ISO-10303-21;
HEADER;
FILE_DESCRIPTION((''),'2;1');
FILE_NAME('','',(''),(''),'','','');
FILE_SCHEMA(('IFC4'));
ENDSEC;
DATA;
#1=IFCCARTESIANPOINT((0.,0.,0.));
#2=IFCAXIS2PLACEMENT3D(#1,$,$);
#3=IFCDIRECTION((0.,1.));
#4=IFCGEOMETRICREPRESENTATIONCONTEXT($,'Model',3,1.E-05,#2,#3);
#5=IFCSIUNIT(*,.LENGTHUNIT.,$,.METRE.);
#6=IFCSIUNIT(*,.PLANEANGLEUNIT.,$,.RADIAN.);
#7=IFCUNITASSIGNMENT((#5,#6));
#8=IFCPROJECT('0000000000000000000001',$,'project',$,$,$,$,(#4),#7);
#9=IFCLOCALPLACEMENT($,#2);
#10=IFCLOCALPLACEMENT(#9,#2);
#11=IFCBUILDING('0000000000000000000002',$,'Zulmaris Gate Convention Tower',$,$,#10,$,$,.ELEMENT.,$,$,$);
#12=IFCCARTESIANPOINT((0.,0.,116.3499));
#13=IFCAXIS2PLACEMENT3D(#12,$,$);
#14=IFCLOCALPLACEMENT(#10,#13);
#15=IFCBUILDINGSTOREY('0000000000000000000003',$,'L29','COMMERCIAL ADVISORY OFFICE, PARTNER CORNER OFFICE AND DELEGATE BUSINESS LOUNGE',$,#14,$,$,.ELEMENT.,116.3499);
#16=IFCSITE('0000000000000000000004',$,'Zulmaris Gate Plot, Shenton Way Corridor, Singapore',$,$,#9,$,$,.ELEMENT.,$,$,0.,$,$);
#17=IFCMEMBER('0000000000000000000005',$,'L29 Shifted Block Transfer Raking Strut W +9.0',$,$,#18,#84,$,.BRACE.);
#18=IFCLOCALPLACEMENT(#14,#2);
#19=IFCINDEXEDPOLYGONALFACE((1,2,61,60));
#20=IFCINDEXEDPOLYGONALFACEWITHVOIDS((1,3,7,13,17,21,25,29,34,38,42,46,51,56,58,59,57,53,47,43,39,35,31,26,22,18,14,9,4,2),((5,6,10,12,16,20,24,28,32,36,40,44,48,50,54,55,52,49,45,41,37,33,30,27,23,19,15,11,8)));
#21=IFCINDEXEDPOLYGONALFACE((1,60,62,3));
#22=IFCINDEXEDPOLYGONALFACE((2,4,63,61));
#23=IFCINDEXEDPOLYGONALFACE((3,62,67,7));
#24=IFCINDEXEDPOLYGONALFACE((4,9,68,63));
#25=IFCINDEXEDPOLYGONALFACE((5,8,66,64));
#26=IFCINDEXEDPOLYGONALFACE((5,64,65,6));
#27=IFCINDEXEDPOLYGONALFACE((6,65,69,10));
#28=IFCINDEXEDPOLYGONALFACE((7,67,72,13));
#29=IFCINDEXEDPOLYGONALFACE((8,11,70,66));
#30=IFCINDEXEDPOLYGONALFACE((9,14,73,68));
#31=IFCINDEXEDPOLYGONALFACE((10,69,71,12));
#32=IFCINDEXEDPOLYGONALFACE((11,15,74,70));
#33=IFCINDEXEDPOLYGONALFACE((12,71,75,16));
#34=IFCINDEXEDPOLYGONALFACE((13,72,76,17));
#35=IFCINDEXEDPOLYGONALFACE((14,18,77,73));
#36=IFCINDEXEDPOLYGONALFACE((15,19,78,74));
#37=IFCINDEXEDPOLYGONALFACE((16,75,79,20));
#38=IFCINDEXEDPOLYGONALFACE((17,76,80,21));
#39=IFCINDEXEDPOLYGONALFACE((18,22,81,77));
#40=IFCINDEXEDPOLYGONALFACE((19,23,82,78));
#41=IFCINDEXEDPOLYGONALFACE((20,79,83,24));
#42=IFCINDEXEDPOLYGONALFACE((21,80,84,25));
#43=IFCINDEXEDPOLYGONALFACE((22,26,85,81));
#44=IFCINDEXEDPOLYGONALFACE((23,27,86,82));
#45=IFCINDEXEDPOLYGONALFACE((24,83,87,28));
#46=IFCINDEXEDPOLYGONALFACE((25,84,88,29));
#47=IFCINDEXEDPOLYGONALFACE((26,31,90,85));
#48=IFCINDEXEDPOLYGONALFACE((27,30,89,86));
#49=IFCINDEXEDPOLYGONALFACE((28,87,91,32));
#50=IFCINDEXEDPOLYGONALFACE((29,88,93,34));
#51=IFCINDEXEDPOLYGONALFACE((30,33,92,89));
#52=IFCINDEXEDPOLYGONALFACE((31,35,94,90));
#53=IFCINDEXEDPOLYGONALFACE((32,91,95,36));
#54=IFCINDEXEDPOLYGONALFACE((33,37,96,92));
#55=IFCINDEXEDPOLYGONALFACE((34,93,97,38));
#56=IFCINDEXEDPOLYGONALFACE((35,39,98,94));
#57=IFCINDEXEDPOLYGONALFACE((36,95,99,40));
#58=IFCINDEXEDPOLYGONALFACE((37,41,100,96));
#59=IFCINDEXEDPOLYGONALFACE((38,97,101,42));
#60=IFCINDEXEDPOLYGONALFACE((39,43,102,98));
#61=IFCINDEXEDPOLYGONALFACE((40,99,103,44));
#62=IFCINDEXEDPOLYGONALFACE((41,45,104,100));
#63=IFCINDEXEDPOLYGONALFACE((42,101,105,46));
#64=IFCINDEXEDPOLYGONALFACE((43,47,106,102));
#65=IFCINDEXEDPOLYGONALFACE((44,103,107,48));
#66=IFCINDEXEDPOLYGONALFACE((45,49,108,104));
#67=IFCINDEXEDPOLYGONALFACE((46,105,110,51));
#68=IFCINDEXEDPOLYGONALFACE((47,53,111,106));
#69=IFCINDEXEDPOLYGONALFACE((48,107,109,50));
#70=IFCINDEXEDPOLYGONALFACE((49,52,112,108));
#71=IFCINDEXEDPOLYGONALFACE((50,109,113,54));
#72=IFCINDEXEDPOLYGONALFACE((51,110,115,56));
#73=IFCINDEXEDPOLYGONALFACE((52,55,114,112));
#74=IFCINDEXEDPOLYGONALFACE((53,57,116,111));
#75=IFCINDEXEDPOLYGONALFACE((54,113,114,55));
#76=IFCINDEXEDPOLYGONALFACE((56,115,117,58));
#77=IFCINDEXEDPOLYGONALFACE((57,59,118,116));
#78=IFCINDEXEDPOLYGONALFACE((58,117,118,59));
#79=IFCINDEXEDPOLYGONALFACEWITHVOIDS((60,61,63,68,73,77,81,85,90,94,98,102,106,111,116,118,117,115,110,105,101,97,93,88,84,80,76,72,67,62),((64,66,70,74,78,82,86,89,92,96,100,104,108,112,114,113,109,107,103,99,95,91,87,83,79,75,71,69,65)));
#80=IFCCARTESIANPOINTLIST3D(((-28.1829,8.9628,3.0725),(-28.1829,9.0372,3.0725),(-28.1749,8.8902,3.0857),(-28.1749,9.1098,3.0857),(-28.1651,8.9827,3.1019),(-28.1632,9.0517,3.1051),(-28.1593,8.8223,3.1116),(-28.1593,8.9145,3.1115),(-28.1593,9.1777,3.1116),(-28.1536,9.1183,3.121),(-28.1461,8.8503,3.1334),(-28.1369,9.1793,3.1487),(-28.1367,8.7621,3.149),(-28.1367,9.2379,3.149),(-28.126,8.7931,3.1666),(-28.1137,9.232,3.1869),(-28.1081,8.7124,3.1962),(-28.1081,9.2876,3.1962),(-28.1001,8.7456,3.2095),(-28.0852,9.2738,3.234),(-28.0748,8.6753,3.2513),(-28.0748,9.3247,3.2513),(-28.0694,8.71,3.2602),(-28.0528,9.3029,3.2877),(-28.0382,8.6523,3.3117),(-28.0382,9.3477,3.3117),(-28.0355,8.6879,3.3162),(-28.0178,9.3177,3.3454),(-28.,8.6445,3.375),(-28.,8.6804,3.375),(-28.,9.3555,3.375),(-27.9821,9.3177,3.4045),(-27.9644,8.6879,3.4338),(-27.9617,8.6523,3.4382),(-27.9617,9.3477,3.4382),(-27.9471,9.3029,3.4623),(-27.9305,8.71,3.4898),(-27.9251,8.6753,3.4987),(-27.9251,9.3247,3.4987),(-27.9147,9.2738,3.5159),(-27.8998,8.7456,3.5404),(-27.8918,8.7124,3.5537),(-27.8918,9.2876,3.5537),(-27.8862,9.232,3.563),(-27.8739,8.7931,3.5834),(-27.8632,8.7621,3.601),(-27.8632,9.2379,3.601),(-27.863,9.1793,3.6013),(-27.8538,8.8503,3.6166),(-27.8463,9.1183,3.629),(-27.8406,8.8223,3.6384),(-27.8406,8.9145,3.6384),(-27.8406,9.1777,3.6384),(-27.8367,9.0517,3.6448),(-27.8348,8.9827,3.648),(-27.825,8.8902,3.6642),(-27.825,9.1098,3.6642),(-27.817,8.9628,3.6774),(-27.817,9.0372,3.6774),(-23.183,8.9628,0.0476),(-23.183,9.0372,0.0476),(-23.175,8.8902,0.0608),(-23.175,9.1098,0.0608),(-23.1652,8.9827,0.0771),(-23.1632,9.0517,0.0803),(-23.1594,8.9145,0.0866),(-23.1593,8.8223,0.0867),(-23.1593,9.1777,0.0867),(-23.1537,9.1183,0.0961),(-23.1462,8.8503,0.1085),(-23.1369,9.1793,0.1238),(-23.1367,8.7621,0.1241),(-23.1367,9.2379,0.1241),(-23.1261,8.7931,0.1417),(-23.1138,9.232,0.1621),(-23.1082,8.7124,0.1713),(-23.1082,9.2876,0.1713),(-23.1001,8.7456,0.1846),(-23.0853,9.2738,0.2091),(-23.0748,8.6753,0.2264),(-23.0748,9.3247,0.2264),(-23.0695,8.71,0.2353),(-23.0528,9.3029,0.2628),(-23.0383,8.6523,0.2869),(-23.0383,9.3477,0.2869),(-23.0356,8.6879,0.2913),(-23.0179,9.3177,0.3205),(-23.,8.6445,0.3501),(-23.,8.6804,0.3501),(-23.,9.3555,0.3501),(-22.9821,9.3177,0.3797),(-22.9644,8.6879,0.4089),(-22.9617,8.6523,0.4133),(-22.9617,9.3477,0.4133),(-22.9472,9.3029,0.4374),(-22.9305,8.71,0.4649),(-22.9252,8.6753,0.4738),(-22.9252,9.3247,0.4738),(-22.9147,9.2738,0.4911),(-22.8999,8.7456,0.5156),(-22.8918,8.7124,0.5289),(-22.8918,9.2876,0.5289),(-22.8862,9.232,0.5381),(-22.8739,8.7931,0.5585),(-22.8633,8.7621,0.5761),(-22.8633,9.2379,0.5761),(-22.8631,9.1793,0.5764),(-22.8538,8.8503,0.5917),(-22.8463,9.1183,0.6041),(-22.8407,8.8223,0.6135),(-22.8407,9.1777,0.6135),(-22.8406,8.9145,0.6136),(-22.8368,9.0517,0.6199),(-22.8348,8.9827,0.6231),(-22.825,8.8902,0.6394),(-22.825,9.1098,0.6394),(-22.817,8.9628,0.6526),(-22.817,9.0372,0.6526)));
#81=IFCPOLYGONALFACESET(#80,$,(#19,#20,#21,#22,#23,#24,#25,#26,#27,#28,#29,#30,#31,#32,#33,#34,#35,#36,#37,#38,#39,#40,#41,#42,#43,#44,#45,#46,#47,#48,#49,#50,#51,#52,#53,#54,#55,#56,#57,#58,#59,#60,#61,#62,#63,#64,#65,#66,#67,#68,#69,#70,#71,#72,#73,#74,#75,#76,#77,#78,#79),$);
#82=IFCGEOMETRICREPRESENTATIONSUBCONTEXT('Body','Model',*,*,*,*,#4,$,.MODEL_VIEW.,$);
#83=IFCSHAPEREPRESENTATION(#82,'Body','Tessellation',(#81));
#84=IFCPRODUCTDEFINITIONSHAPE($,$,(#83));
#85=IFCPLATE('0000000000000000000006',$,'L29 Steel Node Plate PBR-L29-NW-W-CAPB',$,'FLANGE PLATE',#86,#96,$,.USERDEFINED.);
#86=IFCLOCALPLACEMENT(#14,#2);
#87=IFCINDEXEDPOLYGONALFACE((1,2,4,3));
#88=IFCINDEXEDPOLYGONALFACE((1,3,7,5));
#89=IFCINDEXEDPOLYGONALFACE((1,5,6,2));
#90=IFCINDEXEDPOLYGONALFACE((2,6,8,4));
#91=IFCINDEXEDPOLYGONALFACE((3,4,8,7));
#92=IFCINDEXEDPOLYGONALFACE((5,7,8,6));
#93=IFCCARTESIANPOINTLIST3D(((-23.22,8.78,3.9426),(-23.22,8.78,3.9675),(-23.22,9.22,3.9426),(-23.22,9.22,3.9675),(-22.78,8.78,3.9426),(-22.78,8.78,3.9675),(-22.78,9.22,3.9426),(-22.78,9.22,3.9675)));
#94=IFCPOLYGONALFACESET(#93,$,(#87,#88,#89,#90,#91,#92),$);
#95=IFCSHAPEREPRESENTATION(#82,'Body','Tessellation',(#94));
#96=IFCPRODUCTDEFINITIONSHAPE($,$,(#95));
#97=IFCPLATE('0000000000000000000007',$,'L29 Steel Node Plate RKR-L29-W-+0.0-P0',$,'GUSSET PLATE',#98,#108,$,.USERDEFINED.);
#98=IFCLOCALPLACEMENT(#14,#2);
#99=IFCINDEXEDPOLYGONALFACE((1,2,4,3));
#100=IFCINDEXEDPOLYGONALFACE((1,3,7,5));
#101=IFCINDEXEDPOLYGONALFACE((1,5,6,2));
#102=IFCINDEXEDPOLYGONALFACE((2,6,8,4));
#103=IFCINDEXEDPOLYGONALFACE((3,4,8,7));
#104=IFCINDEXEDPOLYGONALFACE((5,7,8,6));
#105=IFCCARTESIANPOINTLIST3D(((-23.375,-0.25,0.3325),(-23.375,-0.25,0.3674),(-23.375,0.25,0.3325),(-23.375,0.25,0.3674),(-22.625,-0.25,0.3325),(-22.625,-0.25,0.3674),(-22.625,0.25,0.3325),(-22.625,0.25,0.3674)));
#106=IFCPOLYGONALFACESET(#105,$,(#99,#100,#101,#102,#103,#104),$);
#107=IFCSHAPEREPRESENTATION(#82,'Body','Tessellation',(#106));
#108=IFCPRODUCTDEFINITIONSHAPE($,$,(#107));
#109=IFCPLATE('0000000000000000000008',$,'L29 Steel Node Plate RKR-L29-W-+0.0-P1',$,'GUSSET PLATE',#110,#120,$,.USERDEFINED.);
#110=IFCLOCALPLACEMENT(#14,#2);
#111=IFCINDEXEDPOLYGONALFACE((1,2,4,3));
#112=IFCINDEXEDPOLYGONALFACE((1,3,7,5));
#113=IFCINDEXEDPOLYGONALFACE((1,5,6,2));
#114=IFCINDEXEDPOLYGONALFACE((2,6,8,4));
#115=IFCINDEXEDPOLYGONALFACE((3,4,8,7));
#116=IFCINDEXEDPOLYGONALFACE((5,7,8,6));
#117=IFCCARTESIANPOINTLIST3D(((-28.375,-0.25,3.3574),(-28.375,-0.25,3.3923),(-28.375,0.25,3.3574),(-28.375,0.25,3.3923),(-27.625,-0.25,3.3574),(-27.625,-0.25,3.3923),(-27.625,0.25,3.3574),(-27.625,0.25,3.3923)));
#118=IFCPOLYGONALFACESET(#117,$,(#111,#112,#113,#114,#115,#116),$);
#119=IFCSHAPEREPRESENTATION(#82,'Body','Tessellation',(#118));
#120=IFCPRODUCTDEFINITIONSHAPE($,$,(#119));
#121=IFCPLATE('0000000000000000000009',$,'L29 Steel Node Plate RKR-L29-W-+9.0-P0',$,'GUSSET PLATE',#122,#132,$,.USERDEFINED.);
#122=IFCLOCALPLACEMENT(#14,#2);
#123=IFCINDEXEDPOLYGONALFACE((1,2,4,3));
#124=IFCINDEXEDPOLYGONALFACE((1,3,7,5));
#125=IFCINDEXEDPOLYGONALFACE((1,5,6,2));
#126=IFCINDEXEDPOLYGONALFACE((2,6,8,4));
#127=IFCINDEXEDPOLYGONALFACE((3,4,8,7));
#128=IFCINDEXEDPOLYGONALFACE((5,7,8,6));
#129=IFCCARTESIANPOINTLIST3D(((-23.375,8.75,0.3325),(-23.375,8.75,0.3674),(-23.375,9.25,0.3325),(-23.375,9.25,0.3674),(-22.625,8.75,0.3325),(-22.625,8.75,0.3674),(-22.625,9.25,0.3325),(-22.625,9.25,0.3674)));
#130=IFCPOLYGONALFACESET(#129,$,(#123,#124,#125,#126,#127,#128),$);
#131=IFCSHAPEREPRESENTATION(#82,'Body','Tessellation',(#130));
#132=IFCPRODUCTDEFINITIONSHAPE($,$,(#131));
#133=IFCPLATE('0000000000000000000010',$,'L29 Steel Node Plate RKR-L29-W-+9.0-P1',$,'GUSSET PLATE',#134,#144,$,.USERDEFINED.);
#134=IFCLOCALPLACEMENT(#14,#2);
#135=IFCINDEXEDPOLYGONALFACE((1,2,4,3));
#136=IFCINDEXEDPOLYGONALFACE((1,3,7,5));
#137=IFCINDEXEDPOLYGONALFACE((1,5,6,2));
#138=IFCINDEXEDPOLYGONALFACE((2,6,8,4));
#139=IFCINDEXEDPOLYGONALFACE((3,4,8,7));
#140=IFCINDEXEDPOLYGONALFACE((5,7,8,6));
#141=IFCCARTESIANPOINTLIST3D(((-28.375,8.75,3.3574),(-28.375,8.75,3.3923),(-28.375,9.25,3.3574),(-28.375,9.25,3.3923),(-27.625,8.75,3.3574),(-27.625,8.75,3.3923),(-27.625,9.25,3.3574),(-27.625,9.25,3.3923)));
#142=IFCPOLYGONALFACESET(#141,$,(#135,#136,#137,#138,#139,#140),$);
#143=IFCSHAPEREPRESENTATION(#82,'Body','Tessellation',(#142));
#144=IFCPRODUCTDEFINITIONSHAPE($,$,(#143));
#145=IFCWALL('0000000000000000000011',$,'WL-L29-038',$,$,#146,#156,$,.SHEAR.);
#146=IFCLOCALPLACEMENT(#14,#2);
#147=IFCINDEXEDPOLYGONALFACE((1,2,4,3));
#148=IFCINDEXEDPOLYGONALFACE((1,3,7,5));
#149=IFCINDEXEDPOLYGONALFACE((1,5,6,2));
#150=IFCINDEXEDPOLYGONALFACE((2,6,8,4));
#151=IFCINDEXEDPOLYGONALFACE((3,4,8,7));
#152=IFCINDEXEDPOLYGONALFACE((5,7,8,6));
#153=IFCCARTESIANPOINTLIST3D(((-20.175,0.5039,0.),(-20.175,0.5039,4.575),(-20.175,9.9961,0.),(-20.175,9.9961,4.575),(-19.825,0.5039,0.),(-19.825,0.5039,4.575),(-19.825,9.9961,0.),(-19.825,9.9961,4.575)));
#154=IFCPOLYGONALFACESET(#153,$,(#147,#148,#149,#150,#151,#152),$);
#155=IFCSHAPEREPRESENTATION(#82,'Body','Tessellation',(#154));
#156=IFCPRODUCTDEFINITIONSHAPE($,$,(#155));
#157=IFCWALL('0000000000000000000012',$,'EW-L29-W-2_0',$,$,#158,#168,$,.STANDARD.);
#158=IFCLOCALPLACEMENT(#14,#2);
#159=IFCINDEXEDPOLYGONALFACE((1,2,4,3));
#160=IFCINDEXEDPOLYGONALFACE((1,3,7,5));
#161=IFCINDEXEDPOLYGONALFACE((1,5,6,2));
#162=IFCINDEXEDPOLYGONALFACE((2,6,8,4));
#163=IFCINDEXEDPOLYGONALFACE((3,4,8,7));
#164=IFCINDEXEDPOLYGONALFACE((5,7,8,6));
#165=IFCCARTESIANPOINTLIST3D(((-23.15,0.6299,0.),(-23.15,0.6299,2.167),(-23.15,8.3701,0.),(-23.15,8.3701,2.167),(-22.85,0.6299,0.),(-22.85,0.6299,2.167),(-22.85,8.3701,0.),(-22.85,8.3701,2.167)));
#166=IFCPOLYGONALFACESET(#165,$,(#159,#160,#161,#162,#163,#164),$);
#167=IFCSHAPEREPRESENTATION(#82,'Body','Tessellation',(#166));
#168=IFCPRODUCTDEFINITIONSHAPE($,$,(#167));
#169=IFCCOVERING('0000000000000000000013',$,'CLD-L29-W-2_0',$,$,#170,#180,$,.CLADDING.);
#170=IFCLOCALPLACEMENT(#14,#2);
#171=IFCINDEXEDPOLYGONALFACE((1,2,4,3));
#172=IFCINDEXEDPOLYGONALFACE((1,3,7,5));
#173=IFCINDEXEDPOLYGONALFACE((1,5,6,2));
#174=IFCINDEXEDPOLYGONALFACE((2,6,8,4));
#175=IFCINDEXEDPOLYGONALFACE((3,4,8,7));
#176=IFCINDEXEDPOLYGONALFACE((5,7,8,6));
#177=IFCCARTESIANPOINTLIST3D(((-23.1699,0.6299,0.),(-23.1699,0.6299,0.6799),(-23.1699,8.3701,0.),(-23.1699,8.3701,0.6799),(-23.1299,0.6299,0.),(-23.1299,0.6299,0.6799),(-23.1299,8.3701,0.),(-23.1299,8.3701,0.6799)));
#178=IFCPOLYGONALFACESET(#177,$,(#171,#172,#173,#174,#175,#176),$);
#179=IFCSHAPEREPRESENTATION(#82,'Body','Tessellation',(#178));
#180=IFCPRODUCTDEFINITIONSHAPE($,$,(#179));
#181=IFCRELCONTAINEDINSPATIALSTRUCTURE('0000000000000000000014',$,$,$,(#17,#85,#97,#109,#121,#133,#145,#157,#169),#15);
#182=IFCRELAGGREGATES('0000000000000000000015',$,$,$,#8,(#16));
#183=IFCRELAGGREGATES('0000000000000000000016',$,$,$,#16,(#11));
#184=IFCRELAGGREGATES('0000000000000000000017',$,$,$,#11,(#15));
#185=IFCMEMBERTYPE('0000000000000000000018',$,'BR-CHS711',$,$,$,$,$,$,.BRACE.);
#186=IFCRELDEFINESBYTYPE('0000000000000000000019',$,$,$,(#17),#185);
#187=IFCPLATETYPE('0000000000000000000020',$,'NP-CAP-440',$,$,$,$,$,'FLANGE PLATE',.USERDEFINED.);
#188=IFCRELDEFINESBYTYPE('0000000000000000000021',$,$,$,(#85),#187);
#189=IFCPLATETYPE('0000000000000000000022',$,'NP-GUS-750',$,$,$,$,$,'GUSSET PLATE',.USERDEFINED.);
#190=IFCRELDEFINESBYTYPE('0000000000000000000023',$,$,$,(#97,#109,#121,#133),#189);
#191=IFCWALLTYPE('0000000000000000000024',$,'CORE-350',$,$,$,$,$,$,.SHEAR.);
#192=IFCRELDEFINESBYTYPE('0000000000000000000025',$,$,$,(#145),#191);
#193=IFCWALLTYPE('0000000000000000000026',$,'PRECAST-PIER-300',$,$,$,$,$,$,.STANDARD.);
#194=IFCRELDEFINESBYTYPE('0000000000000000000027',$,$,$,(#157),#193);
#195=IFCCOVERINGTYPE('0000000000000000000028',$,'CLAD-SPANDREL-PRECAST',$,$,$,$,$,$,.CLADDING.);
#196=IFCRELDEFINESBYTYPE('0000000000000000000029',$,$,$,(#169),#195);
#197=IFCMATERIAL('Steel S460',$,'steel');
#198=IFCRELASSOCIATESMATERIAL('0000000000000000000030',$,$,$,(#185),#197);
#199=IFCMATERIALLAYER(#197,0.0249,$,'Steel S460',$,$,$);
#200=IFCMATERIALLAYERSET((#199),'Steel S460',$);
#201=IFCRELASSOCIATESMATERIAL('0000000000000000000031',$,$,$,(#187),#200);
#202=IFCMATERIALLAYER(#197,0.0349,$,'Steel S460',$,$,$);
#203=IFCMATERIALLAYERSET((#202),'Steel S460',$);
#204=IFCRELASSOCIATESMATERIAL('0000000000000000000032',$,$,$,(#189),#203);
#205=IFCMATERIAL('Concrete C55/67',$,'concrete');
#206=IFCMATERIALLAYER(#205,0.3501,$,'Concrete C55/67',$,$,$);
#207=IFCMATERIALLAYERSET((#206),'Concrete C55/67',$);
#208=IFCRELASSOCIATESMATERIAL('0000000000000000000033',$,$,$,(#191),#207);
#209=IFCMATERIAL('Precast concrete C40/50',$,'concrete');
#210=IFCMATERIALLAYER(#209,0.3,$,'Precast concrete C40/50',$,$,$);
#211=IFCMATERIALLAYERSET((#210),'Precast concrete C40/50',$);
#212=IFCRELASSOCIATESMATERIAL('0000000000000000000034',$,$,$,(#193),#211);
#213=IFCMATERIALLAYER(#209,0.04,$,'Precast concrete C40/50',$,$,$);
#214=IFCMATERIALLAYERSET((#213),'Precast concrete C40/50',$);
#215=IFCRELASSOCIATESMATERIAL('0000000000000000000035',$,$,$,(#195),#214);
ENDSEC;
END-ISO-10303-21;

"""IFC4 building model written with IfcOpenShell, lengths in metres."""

from ifc_helpers import new_model, si_unit, direction, frame, frame_2d, origin, origin_2d, place, context, subcontext, project, spatial, rectangle, hollow_circle, extrude, material, layer, layer_set, material_profile, profile_set, type_object, element, save


model = new_model("IFC4")

# Units and contexts
model_context = context("Model", 3, precision=1e-05, world=origin(), true_north=direction((0.0, 1.0)))
body_context = subcontext(model_context, "Body", "Model", "MODEL_VIEW")
ifc_project = project(units=[si_unit("LENGTHUNIT", "METRE"), si_unit("PLANEANGLEUNIT", "RADIAN")], contexts=[model_context])

# Site, building, storey
site_placement = place(None, origin())
site = spatial("IfcSite", under=ifc_project, at=site_placement, Name="Zulmaris Gate Plot, Shenton Way Corridor, Singapore", CompositionType="ELEMENT", RefElevation=0.0)
building_placement = place(site_placement, origin())
building = spatial("IfcBuilding", under=site, at=building_placement, Name="Zulmaris Gate Convention Tower", CompositionType="ELEMENT")
storey_placement = place(building_placement, frame((0.0, 0.0, 116.3499)))
storey = spatial("IfcBuildingStorey", under=building, at=storey_placement, Name="L29", Description="COMMERCIAL ADVISORY OFFICE, PARTNER CORNER OFFICE AND DELEGATE BUSINESS LOUNGE", CompositionType="ELEMENT", Elevation=116.3499)

# Member
ifc_material_1 = material(Name="Steel S460", Category="steel")
ifc_material_profile_1 = material_profile(ifc_material_1, hollow_circle(Radius=0.3555, WallThickness=0.0359, at=origin_2d()), Name="CHS 711x36")
ifc_profile_set_1 = profile_set([ifc_material_profile_1], Name="Steel S460")
member_type = type_object("IfcMemberType", Name="BR-CHS711", PredefinedType="BRACE", material=ifc_profile_set_1)
for number, where, z_axis, x_axis, name in (
    (1, (-23.0, 9.0, 0.3501), (-0.855607, 0.0, 0.517626), (0.0, -1.0, 0.0), "L29 Shifted Block Transfer Raking Strut W +9.0"),
):
    element("IfcMember", number, at=place(storey_placement, frame(where, z_axis=z_axis, x_axis=x_axis)), inside=storey, type_object=member_type, Name=name, PredefinedType="BRACE", context=body_context, shape_type="SweptSolid", body=[
        extrude(hollow_circle(Radius=0.3555, WallThickness=0.0359, at=origin_2d()), origin(), (0.0, 0.0, 1.0), 5.8438),
    ])

# Plates
ifc_layer_1 = layer(ifc_material_1, 0.0249, Name="Steel S460")
ifc_layer_set_1 = layer_set([ifc_layer_1], Name="Steel S460")
plate_type_1 = type_object("IfcPlateType", Name="NP-CAP-440", ElementType="FLANGE PLATE", PredefinedType="USERDEFINED", material=ifc_layer_set_1)
plate_placement = place(storey_placement, frame((-23.0, 9.0, 3.9426), z_axis=(0.0, 0.0, 1.0), x_axis=(1.0, 0.0, 0.0)))
element("IfcPlate", 2, at=plate_placement, inside=storey, type_object=plate_type_1, Name="L29 Steel Node Plate PBR-L29-NW-W-CAPB", ObjectType="FLANGE PLATE", PredefinedType="USERDEFINED", context=body_context, shape_type="SweptSolid", body=[
    extrude(rectangle(XDim=0.4399, YDim=0.4399, at=origin_2d()), origin(), (0.0, 0.0, 1.0), 0.0249),
])
ifc_layer_2 = layer(ifc_material_1, 0.0349, Name="Steel S460")
ifc_layer_set_2 = layer_set([ifc_layer_2], Name="Steel S460")
plate_type_2 = type_object("IfcPlateType", Name="NP-GUS-750", ElementType="GUSSET PLATE", PredefinedType="USERDEFINED", material=ifc_layer_set_2)
for number, where, z_axis, x_axis, name in (
    (3, (-23.0, 0.0, 0.3325), (0.0, 0.0, 1.0), (1.0, 0.0, 0.0), "L29 Steel Node Plate RKR-L29-W-+0.0-P0"),
    (4, (-28.0, 0.0, 3.3574), (0.0, 0.0, 1.0), (1.0, 0.0, 0.0), "L29 Steel Node Plate RKR-L29-W-+0.0-P1"),
    (5, (-23.0, 9.0, 0.3325), (0.0, 0.0, 1.0), (1.0, 0.0, 0.0), "L29 Steel Node Plate RKR-L29-W-+9.0-P0"),
    (6, (-28.0, 9.0, 3.3574), (0.0, 0.0, 1.0), (1.0, 0.0, 0.0), "L29 Steel Node Plate RKR-L29-W-+9.0-P1"),
):
    element("IfcPlate", number, at=place(storey_placement, frame(where, z_axis=z_axis, x_axis=x_axis)), inside=storey, type_object=plate_type_2, Name=name, ObjectType="GUSSET PLATE", PredefinedType="USERDEFINED", context=body_context, shape_type="SweptSolid", body=[
        extrude(rectangle(XDim=0.75, YDim=0.5, at=origin_2d()), origin(), (0.0, 0.0, 1.0), 0.0349),
    ])

# Wall
ifc_material_2 = material(Name="Concrete C55/67", Category="concrete")
ifc_layer_3 = layer(ifc_material_2, 0.3501, Name="Concrete C55/67")
ifc_layer_set_3 = layer_set([ifc_layer_3], Name="Concrete C55/67")
wall_type_1 = type_object("IfcWallType", Name="CORE-350", PredefinedType="SHEAR", material=ifc_layer_set_3)
wall_1_placement = place(storey_placement, frame((-20.0, 0.5039, 0.0), z_axis=(0.0, 0.0, 1.0), x_axis=(0.0, 1.0, 0.0)))
element("IfcWall", 7, at=wall_1_placement, inside=storey, type_object=wall_type_1, Name="WL-L29-038", PredefinedType="SHEAR", context=body_context, shape_type="SweptSolid", body=[
    extrude(rectangle(XDim=9.4922, YDim=0.3501, at=frame_2d((4.7461, 0.0))), origin(), (0.0, 0.0, 1.0), 4.575),
])

# Wall
ifc_material_3 = material(Name="Precast concrete C40/50", Category="concrete")
ifc_layer_4 = layer(ifc_material_3, 0.3, Name="Precast concrete C40/50")
ifc_layer_set_4 = layer_set([ifc_layer_4], Name="Precast concrete C40/50")
wall_type_2 = type_object("IfcWallType", Name="PRECAST-PIER-300", PredefinedType="STANDARD", material=ifc_layer_set_4)
wall_2_placement = place(storey_placement, frame((-23.0, 8.3701, 0.0), z_axis=(0.0, 0.0, 1.0), x_axis=(0.0, -1.0, 0.0)))
element("IfcWall", 8, at=wall_2_placement, inside=storey, type_object=wall_type_2, Name="EW-L29-W-2_0", PredefinedType="STANDARD", context=body_context, shape_type="SweptSolid", body=[
    extrude(rectangle(XDim=7.7402, YDim=0.3, at=frame_2d((3.8701, 0.0))), origin(), (0.0, 0.0, 1.0), 2.167),
])

# Covering
ifc_layer_5 = layer(ifc_material_3, 0.04, Name="Precast concrete C40/50")
ifc_layer_set_5 = layer_set([ifc_layer_5], Name="Precast concrete C40/50")
covering_type = type_object("IfcCoveringType", Name="CLAD-SPANDREL-PRECAST", PredefinedType="CLADDING", material=ifc_layer_set_5)
covering_placement = place(storey_placement, frame((-23.1499, 8.3701, 0.0), z_axis=(0.0, 0.0, 1.0), x_axis=(0.0, -1.0, 0.0)))
element("IfcCovering", 9, at=covering_placement, inside=storey, type_object=covering_type, Name="CLD-L29-W-2_0", PredefinedType="CLADDING", context=body_context, shape_type="SweptSolid", body=[
    extrude(rectangle(XDim=7.7402, YDim=0.04, at=frame_2d((3.8701, 0.0))), origin(), (0.0, 0.0, 1.0), 0.6799),
])

save(model, "model.ifc")
